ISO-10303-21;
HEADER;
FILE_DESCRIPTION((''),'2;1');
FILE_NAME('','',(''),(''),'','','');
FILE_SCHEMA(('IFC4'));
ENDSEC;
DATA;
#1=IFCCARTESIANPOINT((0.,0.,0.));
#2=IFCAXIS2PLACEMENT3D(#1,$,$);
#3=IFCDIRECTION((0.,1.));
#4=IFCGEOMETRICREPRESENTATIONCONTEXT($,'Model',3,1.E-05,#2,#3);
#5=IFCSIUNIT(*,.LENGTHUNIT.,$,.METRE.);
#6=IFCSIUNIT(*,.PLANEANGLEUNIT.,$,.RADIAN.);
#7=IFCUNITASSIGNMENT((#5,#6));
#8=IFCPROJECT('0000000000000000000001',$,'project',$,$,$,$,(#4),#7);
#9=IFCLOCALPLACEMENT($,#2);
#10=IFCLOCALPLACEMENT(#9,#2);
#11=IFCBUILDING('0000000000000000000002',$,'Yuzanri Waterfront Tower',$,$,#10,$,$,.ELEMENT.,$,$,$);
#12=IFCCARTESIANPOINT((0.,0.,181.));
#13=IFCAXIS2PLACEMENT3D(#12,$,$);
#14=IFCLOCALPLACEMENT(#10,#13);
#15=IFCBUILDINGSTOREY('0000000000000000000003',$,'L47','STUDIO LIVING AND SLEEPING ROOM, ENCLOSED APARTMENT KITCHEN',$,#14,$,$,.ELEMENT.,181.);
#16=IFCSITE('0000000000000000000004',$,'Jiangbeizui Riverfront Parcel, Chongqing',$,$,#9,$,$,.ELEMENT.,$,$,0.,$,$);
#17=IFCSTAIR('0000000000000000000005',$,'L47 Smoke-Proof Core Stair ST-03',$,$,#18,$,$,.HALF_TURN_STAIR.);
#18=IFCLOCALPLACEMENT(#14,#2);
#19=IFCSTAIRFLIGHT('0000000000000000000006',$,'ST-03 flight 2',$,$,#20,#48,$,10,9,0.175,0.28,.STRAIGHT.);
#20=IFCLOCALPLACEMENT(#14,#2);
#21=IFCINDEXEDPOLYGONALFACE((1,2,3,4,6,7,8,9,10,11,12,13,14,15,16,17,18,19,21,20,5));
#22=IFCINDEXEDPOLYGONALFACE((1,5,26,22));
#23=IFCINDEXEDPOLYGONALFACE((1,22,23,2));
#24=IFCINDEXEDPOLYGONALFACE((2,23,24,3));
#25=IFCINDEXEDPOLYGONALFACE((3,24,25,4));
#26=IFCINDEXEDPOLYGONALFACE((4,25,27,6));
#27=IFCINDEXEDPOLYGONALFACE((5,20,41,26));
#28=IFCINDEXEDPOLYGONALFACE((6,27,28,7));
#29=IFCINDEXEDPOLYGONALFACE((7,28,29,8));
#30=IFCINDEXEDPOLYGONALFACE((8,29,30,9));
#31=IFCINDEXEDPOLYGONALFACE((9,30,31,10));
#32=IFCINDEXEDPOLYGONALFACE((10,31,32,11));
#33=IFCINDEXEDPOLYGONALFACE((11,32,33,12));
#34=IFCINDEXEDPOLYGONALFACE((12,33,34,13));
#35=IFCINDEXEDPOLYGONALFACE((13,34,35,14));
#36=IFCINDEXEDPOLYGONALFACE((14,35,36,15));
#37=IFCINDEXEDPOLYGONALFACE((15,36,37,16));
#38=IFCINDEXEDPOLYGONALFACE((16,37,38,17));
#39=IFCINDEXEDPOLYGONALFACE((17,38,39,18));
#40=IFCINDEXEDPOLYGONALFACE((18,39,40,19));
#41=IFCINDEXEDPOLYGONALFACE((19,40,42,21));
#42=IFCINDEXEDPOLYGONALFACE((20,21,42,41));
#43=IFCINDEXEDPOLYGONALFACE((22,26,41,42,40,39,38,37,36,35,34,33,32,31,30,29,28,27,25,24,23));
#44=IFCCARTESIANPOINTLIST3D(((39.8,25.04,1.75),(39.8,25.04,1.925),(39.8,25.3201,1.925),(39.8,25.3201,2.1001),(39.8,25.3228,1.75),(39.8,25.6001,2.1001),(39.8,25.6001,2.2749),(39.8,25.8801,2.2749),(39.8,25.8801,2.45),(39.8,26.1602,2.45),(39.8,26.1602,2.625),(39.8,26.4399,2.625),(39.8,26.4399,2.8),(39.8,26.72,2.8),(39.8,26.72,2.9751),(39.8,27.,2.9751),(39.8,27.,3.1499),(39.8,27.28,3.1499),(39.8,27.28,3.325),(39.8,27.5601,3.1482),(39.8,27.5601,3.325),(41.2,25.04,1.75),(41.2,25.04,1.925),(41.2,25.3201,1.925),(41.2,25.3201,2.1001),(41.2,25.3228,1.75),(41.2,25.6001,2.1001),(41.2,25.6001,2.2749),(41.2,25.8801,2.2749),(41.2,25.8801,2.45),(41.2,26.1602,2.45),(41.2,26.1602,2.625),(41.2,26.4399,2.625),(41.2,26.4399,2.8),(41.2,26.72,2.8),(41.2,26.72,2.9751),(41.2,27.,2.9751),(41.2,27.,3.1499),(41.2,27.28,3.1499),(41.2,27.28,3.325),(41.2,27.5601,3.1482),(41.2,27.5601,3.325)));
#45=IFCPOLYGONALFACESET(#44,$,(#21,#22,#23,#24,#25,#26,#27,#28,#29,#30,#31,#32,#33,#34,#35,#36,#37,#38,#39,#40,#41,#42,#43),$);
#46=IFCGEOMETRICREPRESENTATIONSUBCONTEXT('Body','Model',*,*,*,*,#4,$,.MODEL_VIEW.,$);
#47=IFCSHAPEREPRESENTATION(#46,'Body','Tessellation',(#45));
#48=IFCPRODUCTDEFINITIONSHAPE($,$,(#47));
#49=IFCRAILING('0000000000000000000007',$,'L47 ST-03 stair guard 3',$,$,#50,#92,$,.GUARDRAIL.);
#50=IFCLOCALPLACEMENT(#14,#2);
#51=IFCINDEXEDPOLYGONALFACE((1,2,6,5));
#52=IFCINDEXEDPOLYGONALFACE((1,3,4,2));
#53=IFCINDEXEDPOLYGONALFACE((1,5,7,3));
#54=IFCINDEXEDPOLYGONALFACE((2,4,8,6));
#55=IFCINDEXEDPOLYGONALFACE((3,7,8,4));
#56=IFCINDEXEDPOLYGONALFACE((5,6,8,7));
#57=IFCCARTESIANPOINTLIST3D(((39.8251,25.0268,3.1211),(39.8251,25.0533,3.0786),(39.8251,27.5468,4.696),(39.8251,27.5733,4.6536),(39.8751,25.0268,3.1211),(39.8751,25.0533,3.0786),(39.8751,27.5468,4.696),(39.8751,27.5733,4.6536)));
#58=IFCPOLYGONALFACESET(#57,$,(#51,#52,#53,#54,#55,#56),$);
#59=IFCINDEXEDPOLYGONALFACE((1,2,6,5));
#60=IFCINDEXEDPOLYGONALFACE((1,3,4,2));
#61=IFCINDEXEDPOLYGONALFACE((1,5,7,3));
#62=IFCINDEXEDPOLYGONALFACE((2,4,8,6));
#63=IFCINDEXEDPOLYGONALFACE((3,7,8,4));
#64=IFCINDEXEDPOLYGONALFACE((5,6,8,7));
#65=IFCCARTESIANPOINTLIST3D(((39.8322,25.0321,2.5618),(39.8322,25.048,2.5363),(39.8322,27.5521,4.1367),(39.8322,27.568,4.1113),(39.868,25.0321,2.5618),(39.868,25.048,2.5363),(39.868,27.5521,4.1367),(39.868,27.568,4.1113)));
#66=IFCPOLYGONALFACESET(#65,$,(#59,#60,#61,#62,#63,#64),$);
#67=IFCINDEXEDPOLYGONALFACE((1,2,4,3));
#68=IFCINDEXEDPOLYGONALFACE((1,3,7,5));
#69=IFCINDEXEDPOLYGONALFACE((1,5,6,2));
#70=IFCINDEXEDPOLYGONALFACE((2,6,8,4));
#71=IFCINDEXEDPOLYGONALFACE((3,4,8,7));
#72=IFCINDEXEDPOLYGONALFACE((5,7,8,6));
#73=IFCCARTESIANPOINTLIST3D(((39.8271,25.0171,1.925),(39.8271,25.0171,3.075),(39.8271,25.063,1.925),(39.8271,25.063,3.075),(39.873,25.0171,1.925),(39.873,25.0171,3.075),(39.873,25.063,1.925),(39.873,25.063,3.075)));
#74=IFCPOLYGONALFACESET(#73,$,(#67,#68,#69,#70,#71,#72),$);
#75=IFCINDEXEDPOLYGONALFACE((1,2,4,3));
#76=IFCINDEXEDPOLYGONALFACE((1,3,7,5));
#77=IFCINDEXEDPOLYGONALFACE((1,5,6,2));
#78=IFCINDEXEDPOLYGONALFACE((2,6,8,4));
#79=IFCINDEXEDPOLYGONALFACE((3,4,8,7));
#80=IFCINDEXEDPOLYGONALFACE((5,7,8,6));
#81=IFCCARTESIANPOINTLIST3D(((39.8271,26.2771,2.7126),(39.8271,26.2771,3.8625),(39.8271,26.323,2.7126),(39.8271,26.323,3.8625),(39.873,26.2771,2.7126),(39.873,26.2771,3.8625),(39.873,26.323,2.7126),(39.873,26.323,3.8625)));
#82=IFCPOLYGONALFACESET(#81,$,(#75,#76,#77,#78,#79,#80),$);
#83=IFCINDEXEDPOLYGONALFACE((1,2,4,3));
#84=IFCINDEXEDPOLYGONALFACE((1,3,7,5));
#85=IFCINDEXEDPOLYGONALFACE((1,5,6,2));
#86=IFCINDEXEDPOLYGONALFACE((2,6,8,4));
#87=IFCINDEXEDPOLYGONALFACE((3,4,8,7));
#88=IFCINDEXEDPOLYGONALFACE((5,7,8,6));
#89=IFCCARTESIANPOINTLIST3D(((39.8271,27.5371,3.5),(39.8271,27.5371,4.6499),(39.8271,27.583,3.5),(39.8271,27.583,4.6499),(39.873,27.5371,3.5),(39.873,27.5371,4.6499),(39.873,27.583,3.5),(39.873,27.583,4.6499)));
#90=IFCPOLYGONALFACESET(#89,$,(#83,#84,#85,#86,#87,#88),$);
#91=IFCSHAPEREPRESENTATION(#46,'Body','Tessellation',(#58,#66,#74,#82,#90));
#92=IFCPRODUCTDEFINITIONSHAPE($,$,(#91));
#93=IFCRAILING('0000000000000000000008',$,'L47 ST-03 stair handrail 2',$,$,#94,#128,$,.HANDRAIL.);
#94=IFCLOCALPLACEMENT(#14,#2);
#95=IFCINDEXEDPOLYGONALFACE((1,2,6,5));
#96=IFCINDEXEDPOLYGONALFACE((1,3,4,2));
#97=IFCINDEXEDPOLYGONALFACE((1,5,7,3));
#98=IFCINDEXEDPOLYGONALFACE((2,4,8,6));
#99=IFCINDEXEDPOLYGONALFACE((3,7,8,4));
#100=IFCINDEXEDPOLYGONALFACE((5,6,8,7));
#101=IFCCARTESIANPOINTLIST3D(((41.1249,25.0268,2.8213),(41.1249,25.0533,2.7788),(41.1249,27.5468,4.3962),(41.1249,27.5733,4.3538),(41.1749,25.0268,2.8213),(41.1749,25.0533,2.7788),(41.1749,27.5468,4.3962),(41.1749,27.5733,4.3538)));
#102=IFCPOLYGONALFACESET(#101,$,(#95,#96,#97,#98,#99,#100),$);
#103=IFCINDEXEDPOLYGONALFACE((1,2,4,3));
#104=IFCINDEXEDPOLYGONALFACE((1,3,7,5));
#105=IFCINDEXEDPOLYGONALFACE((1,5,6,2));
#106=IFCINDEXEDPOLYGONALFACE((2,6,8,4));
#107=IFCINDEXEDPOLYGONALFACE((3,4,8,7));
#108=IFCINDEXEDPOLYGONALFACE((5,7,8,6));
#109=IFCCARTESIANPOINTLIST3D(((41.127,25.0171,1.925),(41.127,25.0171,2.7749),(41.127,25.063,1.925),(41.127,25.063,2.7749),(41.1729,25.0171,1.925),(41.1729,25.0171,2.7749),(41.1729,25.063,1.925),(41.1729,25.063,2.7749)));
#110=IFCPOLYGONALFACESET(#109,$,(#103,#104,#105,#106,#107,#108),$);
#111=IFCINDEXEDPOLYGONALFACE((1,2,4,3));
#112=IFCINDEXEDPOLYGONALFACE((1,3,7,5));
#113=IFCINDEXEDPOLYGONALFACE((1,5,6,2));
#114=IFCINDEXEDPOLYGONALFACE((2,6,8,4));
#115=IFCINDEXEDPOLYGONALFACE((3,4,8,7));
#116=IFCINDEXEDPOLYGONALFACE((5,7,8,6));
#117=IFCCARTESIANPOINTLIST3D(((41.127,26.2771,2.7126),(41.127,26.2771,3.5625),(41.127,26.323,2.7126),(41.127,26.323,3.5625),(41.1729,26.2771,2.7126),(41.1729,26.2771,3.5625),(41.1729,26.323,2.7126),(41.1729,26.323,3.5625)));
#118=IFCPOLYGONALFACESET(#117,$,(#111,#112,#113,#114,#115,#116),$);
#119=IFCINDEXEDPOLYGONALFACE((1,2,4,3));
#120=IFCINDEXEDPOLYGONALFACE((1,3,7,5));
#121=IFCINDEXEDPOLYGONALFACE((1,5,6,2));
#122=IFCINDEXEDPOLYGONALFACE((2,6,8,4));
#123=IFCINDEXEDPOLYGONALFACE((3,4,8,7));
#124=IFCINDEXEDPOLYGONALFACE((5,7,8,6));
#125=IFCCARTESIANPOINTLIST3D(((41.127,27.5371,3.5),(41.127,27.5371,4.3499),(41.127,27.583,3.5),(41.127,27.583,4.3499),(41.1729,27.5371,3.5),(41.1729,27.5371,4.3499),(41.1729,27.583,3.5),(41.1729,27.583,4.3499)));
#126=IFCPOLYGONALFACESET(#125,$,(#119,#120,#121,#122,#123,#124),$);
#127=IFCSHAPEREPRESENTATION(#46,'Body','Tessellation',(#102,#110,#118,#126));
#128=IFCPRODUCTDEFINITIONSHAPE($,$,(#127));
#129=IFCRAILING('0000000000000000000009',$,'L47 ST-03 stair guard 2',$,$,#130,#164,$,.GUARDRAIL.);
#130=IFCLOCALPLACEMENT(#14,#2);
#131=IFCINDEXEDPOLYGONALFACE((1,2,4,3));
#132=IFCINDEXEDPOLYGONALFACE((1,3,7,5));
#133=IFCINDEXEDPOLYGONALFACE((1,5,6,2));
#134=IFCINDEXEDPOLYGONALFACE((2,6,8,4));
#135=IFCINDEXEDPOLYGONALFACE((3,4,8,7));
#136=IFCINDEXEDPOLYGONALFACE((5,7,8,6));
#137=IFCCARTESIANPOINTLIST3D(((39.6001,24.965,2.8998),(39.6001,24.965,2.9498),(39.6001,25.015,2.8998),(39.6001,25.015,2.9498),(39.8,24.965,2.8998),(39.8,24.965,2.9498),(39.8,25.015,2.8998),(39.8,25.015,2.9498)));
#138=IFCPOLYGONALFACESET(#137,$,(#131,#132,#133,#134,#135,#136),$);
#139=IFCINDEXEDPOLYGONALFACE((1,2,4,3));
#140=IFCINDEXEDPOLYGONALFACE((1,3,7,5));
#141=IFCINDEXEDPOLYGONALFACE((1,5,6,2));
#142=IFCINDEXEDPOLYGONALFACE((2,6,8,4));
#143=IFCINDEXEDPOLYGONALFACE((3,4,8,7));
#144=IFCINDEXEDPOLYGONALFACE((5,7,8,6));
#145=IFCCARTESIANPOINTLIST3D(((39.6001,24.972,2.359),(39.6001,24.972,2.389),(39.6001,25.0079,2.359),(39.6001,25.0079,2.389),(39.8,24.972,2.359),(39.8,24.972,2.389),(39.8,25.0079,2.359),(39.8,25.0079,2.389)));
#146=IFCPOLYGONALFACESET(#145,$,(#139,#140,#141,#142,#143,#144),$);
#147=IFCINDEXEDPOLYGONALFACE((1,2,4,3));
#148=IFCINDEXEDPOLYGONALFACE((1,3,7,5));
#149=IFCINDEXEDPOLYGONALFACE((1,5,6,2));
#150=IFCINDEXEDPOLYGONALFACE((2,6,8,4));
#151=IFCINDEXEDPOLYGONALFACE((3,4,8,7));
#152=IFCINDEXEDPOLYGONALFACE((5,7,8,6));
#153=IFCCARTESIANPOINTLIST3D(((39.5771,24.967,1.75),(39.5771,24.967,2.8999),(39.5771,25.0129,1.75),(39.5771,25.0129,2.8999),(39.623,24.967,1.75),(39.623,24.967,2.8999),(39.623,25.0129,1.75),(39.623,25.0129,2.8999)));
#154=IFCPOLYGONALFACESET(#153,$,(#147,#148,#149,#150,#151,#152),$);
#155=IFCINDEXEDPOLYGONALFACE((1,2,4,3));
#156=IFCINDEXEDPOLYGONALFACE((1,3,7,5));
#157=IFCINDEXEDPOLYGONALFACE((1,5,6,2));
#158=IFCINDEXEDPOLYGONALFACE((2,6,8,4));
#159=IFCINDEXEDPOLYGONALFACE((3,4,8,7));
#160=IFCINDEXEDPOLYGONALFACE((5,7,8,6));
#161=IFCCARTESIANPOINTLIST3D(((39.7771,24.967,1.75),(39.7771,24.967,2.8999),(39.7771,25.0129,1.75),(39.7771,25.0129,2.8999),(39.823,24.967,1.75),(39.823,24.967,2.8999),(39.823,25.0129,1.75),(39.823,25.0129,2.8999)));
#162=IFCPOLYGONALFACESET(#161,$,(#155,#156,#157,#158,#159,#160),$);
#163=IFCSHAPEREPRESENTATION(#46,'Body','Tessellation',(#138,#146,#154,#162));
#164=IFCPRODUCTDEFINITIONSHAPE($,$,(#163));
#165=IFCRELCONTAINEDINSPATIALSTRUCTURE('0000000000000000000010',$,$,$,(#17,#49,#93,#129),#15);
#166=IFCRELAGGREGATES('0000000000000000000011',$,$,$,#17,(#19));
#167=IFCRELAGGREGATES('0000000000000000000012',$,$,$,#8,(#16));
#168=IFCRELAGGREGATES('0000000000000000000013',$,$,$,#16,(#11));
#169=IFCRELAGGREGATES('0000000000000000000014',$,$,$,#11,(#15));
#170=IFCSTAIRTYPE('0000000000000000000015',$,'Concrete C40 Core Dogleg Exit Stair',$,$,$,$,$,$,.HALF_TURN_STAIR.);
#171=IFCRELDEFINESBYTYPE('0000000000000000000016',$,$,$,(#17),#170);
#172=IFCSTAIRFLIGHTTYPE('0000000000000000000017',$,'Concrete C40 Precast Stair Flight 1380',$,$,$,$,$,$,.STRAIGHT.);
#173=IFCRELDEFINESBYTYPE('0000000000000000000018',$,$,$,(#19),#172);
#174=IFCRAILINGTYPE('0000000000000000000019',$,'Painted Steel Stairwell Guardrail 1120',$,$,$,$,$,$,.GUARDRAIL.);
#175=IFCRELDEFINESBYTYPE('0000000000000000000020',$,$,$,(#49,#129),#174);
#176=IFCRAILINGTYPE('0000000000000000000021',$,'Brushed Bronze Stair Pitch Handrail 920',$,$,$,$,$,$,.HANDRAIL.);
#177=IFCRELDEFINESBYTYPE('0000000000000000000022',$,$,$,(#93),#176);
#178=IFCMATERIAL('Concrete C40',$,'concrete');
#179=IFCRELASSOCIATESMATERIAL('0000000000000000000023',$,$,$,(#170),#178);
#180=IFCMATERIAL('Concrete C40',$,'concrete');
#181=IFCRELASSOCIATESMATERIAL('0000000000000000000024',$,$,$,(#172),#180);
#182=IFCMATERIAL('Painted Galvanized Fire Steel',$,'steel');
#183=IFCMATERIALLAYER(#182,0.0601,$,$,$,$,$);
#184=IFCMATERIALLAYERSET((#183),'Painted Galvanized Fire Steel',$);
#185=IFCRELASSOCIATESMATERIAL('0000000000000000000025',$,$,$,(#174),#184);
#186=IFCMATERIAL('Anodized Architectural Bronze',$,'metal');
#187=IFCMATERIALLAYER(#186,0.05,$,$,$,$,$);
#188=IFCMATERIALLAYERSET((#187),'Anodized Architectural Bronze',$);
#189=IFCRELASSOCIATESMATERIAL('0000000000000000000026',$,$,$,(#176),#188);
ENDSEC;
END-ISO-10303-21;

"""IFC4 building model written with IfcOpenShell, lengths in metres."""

from ifc_helpers import new_model, si_unit, direction, frame, origin, origin_2d, place, context, subcontext, project, spatial, polyline, rectangle, outline, extrude, source, transform, mapped, material, layer, layer_set, type_object, element, aggregate, save


model = new_model("IFC4")

# Units and contexts
model_context = context("Model", 3, precision=1e-05, world=origin(), true_north=direction((0.0, 1.0)))
body_context = subcontext(model_context, "Body", "Model", "MODEL_VIEW")
ifc_project = project(units=[si_unit("LENGTHUNIT", "METRE"), si_unit("PLANEANGLEUNIT", "RADIAN")], contexts=[model_context])

# Site, building, storey
site_placement = place(None, origin())
site = spatial("IfcSite", under=ifc_project, at=site_placement, Name="Jiangbeizui Riverfront Parcel, Chongqing", CompositionType="ELEMENT", RefElevation=0.0)
building_placement = place(site_placement, origin())
building = spatial("IfcBuilding", under=site, at=building_placement, Name="Yuzanri Waterfront Tower", CompositionType="ELEMENT")
storey_placement = place(building_placement, frame((0.0, 0.0, 181.0)))
storey = spatial("IfcBuildingStorey", under=building, at=storey_placement, Name="L47", Description="STUDIO LIVING AND SLEEPING ROOM, ENCLOSED APARTMENT KITCHEN", CompositionType="ELEMENT", Elevation=181.0)

# Stair, stair flight
ifc_material_1 = material(Name="Concrete C40", Category="concrete")
stair_type = type_object("IfcStairType", Name="Concrete C40 Core Dogleg Exit Stair", PredefinedType="HALF_TURN_STAIR", material=ifc_material_1)
stair_placement = place(storey_placement, origin())
stair = element("IfcStair", 1, at=stair_placement, inside=storey, type_object=stair_type, Name="L47 Smoke-Proof Core Stair ST-03", PredefinedType="HALF_TURN_STAIR")
ifc_material_2 = material(Name="Concrete C40", Category="concrete")
stair_flight_type = type_object("IfcStairFlightType", Name="Concrete C40 Precast Stair Flight 1380", PredefinedType="STRAIGHT", material=ifc_material_2)
shared_shape_1 = source(origin(), body_context, "Body", "SweptSolid", [
    extrude(outline(polyline([(0.0, 0.0), (0.0, 0.175), (0.28, 0.175), (0.28, 0.3501), (0.5601, 0.3501), (0.5601, 0.5249), (0.8401, 0.5249), (0.8401, 0.7), (1.1201, 0.7), (1.1201, 0.875), (1.3999, 0.875), (1.3999, 1.05), (1.6799, 1.05), (1.6799, 1.2251), (1.96, 1.2251), (1.96, 1.3999), (2.24, 1.3999), (2.24, 1.575), (2.52, 1.575), (2.52, 1.75), (2.52, 1.3982), (0.2827, 0.0), (0.0, 0.0)])), frame((0.0, 0.7, 0.0), z_axis=(0.0, -1.0, 0.0), x_axis=(1.0, 0.0, 0.0)), (0.0, 0.0, 1.0), 1.3999),
])
stair_flight_placement = place(storey_placement, frame((40.5, 25.04, 1.75), z_axis=(0.0, 0.0, 1.0), x_axis=(0.0, 1.0, 0.0)))
stair_flight = element("IfcStairFlight", 2, at=stair_flight_placement, type_object=stair_flight_type, Name="ST-03 flight 2", NumberOfRisers=10, NumberOfTreads=9, PredefinedType="STRAIGHT", RiserHeight=0.175, TreadLength=0.28, context=body_context, shape_type="MappedRepresentation", body=[
    mapped(shared_shape_1, transform((0.0, 0.0, 0.0), scale=1.0)),
])
aggregate(stair, [stair_flight])

# Railings
ifc_material_3 = material(Name="Painted Galvanized Fire Steel", Category="steel")
ifc_layer_1 = layer(ifc_material_3, 0.0601)
ifc_layer_set_1 = layer_set([ifc_layer_1], Name="Painted Galvanized Fire Steel")
railing_type_1 = type_object("IfcRailingType", Name="Painted Steel Stairwell Guardrail 1120", PredefinedType="GUARDRAIL", material=ifc_layer_set_1)
shared_shape_2 = source(origin(), body_context, "Body", "SweptSolid", [
    extrude(rectangle(XDim=0.05, YDim=0.05, at=origin_2d()), frame((0.0, 0.0, 1.1748), z_axis=(0.0, 0.848008, 0.529984), x_axis=(-1.0, 0.0, 0.0)), (0.0, 0.0, 1.0), 2.9717),
    extrude(rectangle(XDim=0.0359, YDim=0.03, at=origin_2d()), frame((0.0, 0.0, 0.624), z_axis=(0.0, 0.848008, 0.529984), x_axis=(-1.0, 0.0, 0.0)), (0.0, 0.0, 1.0), 2.9717),
    extrude(rectangle(XDim=0.0459, YDim=0.0459, at=origin_2d()), origin(), (0.0, 0.0, 1.0), 1.1499),
    extrude(rectangle(XDim=0.0459, YDim=0.0459, at=origin_2d()), frame((0.0, 1.26, 0.7876)), (0.0, 0.0, 1.0), 1.1499),
    extrude(rectangle(XDim=0.0459, YDim=0.0459, at=origin_2d()), frame((0.0, 2.52, 1.575)), (0.0, 0.0, 1.0), 1.1499),
])
railing_1_placement = place(storey_placement, frame((39.8501, 25.04, 1.925)))
element("IfcRailing", 3, at=railing_1_placement, inside=storey, type_object=railing_type_1, Name="L47 ST-03 stair guard 3", PredefinedType="GUARDRAIL", context=body_context, shape_type="MappedRepresentation", body=[
    mapped(shared_shape_2, transform((0.0, 0.0, 0.0), scale=1.0)),
])
ifc_material_4 = material(Name="Anodized Architectural Bronze", Category="metal")
ifc_layer_2 = layer(ifc_material_4, 0.05)
ifc_layer_set_2 = layer_set([ifc_layer_2], Name="Anodized Architectural Bronze")
railing_type_2 = type_object("IfcRailingType", Name="Brushed Bronze Stair Pitch Handrail 920", PredefinedType="HANDRAIL", material=ifc_layer_set_2)
shared_shape_3 = source(origin(), body_context, "Body", "SweptSolid", [
    extrude(rectangle(XDim=0.05, YDim=0.05, at=origin_2d()), frame((0.0, 0.0, 0.875), z_axis=(0.0, 0.848008, 0.529984), x_axis=(-1.0, 0.0, 0.0)), (0.0, 0.0, 1.0), 2.9717),
    extrude(rectangle(XDim=0.0459, YDim=0.0459, at=origin_2d()), origin(), (0.0, 0.0, 1.0), 0.8499),
    extrude(rectangle(XDim=0.0459, YDim=0.0459, at=origin_2d()), frame((0.0, 1.26, 0.7876)), (0.0, 0.0, 1.0), 0.8499),
    extrude(rectangle(XDim=0.0459, YDim=0.0459, at=origin_2d()), frame((0.0, 2.52, 1.575)), (0.0, 0.0, 1.0), 0.8499),
])
railing_2_placement = place(storey_placement, frame((41.1499, 25.04, 1.925)))
element("IfcRailing", 4, at=railing_2_placement, inside=storey, type_object=railing_type_2, Name="L47 ST-03 stair handrail 2", PredefinedType="HANDRAIL", context=body_context, shape_type="MappedRepresentation", body=[
    mapped(shared_shape_3, transform((0.0, 0.0, 0.0), scale=1.0)),
])
shared_shape_4 = source(origin(), body_context, "Body", "SweptSolid", [
    extrude(rectangle(XDim=0.05, YDim=0.05, at=origin_2d()), frame((0.0, 0.0, 1.1748), z_axis=(1.0, 0.0, 0.0), x_axis=(0.0, 1.0, 0.0)), (0.0, 0.0, 1.0), 0.2),
    extrude(rectangle(XDim=0.0359, YDim=0.03, at=origin_2d()), frame((0.0, 0.0, 0.624), z_axis=(1.0, 0.0, 0.0), x_axis=(0.0, 1.0, 0.0)), (0.0, 0.0, 1.0), 0.2),
    extrude(rectangle(XDim=0.0459, YDim=0.0459, at=origin_2d()), origin(), (0.0, 0.0, 1.0), 1.1499),
    extrude(rectangle(XDim=0.0459, YDim=0.0459, at=origin_2d()), frame((0.2, 0.0, 0.0)), (0.0, 0.0, 1.0), 1.1499),
])
railing_3_placement = place(storey_placement, frame((39.6001, 24.99, 1.75)))
element("IfcRailing", 5, at=railing_3_placement, inside=storey, type_object=railing_type_1, Name="L47 ST-03 stair guard 2", PredefinedType="GUARDRAIL", context=body_context, shape_type="MappedRepresentation", body=[
    mapped(shared_shape_4, transform((0.0, 0.0, 0.0), scale=1.0)),
])

save(model, "model.ifc")
